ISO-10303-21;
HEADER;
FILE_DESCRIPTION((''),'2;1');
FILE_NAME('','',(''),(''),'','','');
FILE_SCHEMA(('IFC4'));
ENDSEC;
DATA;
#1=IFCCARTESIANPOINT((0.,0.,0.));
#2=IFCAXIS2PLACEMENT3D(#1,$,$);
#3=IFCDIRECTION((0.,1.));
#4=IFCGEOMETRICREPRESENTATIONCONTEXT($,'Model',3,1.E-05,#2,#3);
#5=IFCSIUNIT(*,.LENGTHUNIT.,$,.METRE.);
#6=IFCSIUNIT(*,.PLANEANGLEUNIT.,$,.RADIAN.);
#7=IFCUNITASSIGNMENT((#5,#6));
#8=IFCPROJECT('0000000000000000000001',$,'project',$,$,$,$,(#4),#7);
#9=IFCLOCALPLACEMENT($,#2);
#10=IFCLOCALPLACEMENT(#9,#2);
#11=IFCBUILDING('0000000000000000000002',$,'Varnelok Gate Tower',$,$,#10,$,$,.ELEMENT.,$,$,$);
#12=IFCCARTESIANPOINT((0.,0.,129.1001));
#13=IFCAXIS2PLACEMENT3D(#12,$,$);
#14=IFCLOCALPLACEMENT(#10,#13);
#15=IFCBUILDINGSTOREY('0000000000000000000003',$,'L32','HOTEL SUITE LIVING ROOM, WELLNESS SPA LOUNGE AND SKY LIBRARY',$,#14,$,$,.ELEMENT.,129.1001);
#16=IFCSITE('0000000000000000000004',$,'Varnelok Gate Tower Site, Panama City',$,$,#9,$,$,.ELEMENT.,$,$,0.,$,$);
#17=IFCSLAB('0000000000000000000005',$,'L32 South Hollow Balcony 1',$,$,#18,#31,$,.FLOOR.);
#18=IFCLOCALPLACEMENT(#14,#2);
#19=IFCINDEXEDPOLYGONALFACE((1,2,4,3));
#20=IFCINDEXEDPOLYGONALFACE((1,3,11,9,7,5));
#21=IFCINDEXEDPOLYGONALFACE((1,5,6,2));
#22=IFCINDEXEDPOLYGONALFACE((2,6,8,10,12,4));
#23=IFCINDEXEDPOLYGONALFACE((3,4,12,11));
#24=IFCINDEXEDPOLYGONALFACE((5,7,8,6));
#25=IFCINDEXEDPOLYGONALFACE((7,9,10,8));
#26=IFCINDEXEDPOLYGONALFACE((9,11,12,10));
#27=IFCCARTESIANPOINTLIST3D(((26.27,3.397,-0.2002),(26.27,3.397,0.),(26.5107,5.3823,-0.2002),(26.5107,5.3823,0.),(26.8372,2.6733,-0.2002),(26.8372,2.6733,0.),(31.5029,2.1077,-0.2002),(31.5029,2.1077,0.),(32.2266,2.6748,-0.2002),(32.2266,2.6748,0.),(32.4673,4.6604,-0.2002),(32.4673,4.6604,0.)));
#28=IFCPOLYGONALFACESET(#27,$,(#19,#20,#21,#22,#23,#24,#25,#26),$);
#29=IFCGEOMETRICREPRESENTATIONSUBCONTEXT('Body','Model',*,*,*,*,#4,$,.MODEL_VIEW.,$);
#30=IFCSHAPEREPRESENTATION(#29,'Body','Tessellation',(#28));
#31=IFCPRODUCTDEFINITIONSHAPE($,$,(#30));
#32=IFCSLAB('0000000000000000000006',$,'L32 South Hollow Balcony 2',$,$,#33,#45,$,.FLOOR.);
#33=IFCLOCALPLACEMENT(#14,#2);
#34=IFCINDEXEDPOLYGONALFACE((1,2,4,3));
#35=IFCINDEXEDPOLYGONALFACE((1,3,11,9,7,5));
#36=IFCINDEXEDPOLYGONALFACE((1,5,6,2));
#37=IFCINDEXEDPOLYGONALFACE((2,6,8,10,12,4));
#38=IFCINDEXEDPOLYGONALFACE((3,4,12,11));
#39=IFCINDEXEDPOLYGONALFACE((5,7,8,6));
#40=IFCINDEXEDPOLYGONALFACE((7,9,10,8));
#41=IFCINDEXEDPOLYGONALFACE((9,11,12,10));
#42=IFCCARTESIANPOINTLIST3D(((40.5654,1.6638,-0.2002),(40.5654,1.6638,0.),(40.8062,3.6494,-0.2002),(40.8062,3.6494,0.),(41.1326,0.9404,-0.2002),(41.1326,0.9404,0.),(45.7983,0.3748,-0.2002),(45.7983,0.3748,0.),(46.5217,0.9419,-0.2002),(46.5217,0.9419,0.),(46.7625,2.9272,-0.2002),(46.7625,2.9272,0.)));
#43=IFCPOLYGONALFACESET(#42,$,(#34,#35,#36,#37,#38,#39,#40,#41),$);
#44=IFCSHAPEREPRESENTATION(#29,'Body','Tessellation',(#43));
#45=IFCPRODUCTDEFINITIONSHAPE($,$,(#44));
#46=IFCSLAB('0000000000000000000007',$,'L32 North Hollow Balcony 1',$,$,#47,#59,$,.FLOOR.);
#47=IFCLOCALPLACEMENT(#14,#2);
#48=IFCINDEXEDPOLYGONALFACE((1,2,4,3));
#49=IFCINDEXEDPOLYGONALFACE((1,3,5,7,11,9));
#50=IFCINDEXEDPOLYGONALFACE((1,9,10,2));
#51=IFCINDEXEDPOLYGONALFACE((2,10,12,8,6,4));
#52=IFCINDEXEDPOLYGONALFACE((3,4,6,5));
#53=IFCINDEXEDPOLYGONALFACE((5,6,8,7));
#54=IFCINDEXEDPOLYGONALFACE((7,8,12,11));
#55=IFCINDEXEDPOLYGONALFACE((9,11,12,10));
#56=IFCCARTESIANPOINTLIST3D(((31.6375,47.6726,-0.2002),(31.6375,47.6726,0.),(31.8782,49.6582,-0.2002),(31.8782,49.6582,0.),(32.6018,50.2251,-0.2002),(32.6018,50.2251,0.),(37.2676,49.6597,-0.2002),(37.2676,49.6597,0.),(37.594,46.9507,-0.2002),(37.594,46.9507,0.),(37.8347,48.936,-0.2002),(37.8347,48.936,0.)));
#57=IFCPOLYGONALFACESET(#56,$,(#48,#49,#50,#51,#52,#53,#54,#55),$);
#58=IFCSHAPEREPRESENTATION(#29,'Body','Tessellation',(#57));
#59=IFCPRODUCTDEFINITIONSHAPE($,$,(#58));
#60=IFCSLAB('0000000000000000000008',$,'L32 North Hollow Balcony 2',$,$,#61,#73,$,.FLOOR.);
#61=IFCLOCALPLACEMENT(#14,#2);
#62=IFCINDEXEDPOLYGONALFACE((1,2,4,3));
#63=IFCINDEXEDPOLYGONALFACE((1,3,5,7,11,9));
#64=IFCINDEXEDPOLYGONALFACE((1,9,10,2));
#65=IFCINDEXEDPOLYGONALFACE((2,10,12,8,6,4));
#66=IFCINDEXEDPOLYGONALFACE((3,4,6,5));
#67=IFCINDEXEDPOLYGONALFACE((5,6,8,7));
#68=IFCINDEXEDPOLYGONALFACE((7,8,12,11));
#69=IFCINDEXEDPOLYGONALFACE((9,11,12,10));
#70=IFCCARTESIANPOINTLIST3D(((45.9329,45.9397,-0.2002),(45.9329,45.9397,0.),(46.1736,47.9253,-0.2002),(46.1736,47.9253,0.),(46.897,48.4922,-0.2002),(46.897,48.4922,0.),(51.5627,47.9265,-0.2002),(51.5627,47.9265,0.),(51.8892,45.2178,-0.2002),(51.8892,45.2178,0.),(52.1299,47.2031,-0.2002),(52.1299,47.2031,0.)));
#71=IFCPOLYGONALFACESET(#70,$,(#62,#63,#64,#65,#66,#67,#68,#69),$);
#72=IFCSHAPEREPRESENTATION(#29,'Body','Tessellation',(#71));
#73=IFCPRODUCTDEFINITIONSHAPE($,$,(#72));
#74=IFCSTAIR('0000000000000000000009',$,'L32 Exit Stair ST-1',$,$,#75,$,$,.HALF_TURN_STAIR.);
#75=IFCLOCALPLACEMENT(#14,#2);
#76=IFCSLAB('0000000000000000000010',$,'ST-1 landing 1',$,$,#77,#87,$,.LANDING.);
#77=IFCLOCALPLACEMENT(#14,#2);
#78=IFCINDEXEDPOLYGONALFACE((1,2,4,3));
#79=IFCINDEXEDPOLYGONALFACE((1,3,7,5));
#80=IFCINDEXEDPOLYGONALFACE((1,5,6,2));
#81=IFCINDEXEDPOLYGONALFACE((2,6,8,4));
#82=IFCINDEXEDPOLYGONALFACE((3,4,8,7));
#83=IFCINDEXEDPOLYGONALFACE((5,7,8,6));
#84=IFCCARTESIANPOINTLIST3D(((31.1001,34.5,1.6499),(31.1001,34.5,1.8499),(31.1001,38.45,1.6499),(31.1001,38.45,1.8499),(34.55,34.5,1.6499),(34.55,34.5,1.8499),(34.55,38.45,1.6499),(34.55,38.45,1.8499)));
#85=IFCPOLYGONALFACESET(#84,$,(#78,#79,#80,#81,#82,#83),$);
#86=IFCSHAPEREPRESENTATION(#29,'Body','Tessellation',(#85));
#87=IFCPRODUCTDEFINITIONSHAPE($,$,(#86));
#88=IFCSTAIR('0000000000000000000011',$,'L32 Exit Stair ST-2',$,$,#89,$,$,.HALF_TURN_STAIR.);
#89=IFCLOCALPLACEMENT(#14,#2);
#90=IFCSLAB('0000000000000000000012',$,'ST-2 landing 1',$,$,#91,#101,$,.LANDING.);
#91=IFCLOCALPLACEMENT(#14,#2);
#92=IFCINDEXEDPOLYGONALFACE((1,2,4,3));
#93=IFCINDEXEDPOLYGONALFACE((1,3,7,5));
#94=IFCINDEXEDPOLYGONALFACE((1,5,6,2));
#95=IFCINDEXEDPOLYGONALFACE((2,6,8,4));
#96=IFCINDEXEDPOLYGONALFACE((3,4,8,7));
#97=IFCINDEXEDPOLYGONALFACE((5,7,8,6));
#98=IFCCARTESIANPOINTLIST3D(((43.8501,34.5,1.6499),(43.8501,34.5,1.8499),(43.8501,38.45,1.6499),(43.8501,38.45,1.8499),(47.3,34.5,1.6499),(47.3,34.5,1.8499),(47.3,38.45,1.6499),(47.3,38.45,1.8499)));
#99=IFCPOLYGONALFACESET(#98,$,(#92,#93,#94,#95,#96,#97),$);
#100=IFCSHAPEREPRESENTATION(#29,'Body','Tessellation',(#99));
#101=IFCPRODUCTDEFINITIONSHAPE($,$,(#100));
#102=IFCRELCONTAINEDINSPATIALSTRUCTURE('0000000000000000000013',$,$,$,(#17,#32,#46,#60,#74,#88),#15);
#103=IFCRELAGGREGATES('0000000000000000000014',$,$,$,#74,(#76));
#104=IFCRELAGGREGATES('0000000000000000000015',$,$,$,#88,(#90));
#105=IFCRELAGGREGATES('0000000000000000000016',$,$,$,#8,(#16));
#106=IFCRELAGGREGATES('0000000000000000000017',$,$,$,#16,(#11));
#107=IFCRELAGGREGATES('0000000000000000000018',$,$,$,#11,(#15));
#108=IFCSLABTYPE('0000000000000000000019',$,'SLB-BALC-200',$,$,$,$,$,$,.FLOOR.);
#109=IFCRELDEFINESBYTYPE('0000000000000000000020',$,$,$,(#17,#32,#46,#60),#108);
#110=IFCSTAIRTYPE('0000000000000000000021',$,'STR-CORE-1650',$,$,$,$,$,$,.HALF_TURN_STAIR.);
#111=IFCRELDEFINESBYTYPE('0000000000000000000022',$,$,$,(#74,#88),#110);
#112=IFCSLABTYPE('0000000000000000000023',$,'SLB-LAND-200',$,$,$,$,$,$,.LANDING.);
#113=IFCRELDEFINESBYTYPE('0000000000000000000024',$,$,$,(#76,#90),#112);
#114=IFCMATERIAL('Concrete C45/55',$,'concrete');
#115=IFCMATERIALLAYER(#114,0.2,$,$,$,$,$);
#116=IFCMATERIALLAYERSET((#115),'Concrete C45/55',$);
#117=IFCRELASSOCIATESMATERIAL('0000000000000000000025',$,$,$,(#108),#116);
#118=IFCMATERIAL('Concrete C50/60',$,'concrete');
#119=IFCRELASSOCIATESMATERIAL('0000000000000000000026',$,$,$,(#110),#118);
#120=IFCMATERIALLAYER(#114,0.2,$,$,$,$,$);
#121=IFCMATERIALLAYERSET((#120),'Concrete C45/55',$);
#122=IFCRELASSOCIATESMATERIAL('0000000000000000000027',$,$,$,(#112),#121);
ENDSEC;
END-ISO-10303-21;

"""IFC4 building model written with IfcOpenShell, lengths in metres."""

from ifc_helpers import new_model, si_unit, direction, frame, origin, place, context, subcontext, project, spatial, polyline, outline, extrude, material, layer, layer_set, type_object, element, aggregate, save


model = new_model("IFC4")

# Units and contexts
model_context = context("Model", 3, precision=1e-05, world=origin(), true_north=direction((0.0, 1.0)))
body_context = subcontext(model_context, "Body", "Model", "MODEL_VIEW")
ifc_project = project(units=[si_unit("LENGTHUNIT", "METRE"), si_unit("PLANEANGLEUNIT", "RADIAN")], contexts=[model_context])

# Site, building, storey
site_placement = place(None, origin())
site = spatial("IfcSite", under=ifc_project, at=site_placement, Name="Varnelok Gate Tower Site, Panama City", CompositionType="ELEMENT", RefElevation=0.0)
building_placement = place(site_placement, origin())
building = spatial("IfcBuilding", under=site, at=building_placement, Name="Varnelok Gate Tower", CompositionType="ELEMENT")
storey_placement = place(building_placement, frame((0.0, 0.0, 129.1001)))
storey = spatial("IfcBuildingStorey", under=building, at=storey_placement, Name="L32", Description="HOTEL SUITE LIVING ROOM, WELLNESS SPA LOUNGE AND SKY LIBRARY", CompositionType="ELEMENT", Elevation=129.1001)

# Slabs
ifc_material_1 = material(Name="Concrete C45/55", Category="concrete")
ifc_layer_1 = layer(ifc_material_1, 0.2)
ifc_layer_set_1 = layer_set([ifc_layer_1], Name="Concrete C45/55")
slab_type_1 = type_object("IfcSlabType", Name="SLB-BALC-200", PredefinedType="FLOOR", material=ifc_layer_set_1)
slab_1_placement = place(storey_placement, frame((0.0, 0.0, -0.2002)))
element("IfcSlab", 1, at=slab_1_placement, inside=storey, type_object=slab_type_1, Name="L32 South Hollow Balcony 1", PredefinedType="FLOOR", context=body_context, shape_type="SweptSolid", body=[
    extrude(outline(polyline([(26.27, 3.397), (26.8372, 2.6733), (31.5029, 2.1077), (32.2266, 2.6748), (32.4673, 4.6604), (26.5107, 5.3823), (26.27, 3.397)])), origin(), (0.0, 0.0, 1.0), 0.2002),
])
slab_2_placement = place(storey_placement, frame((0.0, 0.0, -0.2002)))
element("IfcSlab", 2, at=slab_2_placement, inside=storey, type_object=slab_type_1, Name="L32 South Hollow Balcony 2", PredefinedType="FLOOR", context=body_context, shape_type="SweptSolid", body=[
    extrude(outline(polyline([(40.5654, 1.6638), (41.1326, 0.9404), (45.7983, 0.3748), (46.5217, 0.9419), (46.7625, 2.9272), (40.8062, 3.6494), (40.5654, 1.6638)])), origin(), (0.0, 0.0, 1.0), 0.2002),
])
slab_3_placement = place(storey_placement, frame((0.0, 0.0, -0.2002)))
element("IfcSlab", 3, at=slab_3_placement, inside=storey, type_object=slab_type_1, Name="L32 North Hollow Balcony 1", PredefinedType="FLOOR", context=body_context, shape_type="SweptSolid", body=[
    extrude(outline(polyline([(31.6375, 47.6726), (37.594, 46.9507), (37.8347, 48.936), (37.2676, 49.6597), (32.6018, 50.2251), (31.8782, 49.6582), (31.6375, 47.6726)])), origin(), (0.0, 0.0, 1.0), 0.2002),
])
slab_4_placement = place(storey_placement, frame((0.0, 0.0, -0.2002)))
element("IfcSlab", 4, at=slab_4_placement, inside=storey, type_object=slab_type_1, Name="L32 North Hollow Balcony 2", PredefinedType="FLOOR", context=body_context, shape_type="SweptSolid", body=[
    extrude(outline(polyline([(45.9329, 45.9397), (51.8892, 45.2178), (52.1299, 47.2031), (51.5627, 47.9265), (46.897, 48.4922), (46.1736, 47.9253), (45.9329, 45.9397)])), origin(), (0.0, 0.0, 1.0), 0.2002),
])

# Stairs, slabs
ifc_material_2 = material(Name="Concrete C50/60", Category="concrete")
stair_type = type_object("IfcStairType", Name="STR-CORE-1650", PredefinedType="HALF_TURN_STAIR", material=ifc_material_2)
stair_1_placement = place(storey_placement, origin())
stair_1 = element("IfcStair", 5, at=stair_1_placement, inside=storey, type_object=stair_type, Name="L32 Exit Stair ST-1", PredefinedType="HALF_TURN_STAIR")
ifc_layer_2 = layer(ifc_material_1, 0.2)
ifc_layer_set_2 = layer_set([ifc_layer_2], Name="Concrete C45/55")
slab_type_2 = type_object("IfcSlabType", Name="SLB-LAND-200", PredefinedType="LANDING", material=ifc_layer_set_2)
slab_5_placement = place(storey_placement, frame((0.0, 0.0, 1.6499)))
slab_5 = element("IfcSlab", 6, at=slab_5_placement, type_object=slab_type_2, Name="ST-1 landing 1", PredefinedType="LANDING", context=body_context, shape_type="SweptSolid", body=[
    extrude(outline(polyline([(34.55, 34.5), (34.55, 38.45), (31.1001, 38.45), (31.1001, 34.5), (34.55, 34.5)])), origin(), (0.0, 0.0, 1.0), 0.2),
])
aggregate(stair_1, [slab_5])
stair_2_placement = place(storey_placement, origin())
stair_2 = element("IfcStair", 7, at=stair_2_placement, inside=storey, type_object=stair_type, Name="L32 Exit Stair ST-2", PredefinedType="HALF_TURN_STAIR")
slab_6_placement = place(storey_placement, frame((0.0, 0.0, 1.6499)))
slab_6 = element("IfcSlab", 8, at=slab_6_placement, type_object=slab_type_2, Name="ST-2 landing 1", PredefinedType="LANDING", context=body_context, shape_type="SweptSolid", body=[
    extrude(outline(polyline([(47.3, 34.5), (47.3, 38.45), (43.8501, 38.45), (43.8501, 34.5), (47.3, 34.5)])), origin(), (0.0, 0.0, 1.0), 0.2),
])
aggregate(stair_2, [slab_6])

save(model, "model.ifc")
